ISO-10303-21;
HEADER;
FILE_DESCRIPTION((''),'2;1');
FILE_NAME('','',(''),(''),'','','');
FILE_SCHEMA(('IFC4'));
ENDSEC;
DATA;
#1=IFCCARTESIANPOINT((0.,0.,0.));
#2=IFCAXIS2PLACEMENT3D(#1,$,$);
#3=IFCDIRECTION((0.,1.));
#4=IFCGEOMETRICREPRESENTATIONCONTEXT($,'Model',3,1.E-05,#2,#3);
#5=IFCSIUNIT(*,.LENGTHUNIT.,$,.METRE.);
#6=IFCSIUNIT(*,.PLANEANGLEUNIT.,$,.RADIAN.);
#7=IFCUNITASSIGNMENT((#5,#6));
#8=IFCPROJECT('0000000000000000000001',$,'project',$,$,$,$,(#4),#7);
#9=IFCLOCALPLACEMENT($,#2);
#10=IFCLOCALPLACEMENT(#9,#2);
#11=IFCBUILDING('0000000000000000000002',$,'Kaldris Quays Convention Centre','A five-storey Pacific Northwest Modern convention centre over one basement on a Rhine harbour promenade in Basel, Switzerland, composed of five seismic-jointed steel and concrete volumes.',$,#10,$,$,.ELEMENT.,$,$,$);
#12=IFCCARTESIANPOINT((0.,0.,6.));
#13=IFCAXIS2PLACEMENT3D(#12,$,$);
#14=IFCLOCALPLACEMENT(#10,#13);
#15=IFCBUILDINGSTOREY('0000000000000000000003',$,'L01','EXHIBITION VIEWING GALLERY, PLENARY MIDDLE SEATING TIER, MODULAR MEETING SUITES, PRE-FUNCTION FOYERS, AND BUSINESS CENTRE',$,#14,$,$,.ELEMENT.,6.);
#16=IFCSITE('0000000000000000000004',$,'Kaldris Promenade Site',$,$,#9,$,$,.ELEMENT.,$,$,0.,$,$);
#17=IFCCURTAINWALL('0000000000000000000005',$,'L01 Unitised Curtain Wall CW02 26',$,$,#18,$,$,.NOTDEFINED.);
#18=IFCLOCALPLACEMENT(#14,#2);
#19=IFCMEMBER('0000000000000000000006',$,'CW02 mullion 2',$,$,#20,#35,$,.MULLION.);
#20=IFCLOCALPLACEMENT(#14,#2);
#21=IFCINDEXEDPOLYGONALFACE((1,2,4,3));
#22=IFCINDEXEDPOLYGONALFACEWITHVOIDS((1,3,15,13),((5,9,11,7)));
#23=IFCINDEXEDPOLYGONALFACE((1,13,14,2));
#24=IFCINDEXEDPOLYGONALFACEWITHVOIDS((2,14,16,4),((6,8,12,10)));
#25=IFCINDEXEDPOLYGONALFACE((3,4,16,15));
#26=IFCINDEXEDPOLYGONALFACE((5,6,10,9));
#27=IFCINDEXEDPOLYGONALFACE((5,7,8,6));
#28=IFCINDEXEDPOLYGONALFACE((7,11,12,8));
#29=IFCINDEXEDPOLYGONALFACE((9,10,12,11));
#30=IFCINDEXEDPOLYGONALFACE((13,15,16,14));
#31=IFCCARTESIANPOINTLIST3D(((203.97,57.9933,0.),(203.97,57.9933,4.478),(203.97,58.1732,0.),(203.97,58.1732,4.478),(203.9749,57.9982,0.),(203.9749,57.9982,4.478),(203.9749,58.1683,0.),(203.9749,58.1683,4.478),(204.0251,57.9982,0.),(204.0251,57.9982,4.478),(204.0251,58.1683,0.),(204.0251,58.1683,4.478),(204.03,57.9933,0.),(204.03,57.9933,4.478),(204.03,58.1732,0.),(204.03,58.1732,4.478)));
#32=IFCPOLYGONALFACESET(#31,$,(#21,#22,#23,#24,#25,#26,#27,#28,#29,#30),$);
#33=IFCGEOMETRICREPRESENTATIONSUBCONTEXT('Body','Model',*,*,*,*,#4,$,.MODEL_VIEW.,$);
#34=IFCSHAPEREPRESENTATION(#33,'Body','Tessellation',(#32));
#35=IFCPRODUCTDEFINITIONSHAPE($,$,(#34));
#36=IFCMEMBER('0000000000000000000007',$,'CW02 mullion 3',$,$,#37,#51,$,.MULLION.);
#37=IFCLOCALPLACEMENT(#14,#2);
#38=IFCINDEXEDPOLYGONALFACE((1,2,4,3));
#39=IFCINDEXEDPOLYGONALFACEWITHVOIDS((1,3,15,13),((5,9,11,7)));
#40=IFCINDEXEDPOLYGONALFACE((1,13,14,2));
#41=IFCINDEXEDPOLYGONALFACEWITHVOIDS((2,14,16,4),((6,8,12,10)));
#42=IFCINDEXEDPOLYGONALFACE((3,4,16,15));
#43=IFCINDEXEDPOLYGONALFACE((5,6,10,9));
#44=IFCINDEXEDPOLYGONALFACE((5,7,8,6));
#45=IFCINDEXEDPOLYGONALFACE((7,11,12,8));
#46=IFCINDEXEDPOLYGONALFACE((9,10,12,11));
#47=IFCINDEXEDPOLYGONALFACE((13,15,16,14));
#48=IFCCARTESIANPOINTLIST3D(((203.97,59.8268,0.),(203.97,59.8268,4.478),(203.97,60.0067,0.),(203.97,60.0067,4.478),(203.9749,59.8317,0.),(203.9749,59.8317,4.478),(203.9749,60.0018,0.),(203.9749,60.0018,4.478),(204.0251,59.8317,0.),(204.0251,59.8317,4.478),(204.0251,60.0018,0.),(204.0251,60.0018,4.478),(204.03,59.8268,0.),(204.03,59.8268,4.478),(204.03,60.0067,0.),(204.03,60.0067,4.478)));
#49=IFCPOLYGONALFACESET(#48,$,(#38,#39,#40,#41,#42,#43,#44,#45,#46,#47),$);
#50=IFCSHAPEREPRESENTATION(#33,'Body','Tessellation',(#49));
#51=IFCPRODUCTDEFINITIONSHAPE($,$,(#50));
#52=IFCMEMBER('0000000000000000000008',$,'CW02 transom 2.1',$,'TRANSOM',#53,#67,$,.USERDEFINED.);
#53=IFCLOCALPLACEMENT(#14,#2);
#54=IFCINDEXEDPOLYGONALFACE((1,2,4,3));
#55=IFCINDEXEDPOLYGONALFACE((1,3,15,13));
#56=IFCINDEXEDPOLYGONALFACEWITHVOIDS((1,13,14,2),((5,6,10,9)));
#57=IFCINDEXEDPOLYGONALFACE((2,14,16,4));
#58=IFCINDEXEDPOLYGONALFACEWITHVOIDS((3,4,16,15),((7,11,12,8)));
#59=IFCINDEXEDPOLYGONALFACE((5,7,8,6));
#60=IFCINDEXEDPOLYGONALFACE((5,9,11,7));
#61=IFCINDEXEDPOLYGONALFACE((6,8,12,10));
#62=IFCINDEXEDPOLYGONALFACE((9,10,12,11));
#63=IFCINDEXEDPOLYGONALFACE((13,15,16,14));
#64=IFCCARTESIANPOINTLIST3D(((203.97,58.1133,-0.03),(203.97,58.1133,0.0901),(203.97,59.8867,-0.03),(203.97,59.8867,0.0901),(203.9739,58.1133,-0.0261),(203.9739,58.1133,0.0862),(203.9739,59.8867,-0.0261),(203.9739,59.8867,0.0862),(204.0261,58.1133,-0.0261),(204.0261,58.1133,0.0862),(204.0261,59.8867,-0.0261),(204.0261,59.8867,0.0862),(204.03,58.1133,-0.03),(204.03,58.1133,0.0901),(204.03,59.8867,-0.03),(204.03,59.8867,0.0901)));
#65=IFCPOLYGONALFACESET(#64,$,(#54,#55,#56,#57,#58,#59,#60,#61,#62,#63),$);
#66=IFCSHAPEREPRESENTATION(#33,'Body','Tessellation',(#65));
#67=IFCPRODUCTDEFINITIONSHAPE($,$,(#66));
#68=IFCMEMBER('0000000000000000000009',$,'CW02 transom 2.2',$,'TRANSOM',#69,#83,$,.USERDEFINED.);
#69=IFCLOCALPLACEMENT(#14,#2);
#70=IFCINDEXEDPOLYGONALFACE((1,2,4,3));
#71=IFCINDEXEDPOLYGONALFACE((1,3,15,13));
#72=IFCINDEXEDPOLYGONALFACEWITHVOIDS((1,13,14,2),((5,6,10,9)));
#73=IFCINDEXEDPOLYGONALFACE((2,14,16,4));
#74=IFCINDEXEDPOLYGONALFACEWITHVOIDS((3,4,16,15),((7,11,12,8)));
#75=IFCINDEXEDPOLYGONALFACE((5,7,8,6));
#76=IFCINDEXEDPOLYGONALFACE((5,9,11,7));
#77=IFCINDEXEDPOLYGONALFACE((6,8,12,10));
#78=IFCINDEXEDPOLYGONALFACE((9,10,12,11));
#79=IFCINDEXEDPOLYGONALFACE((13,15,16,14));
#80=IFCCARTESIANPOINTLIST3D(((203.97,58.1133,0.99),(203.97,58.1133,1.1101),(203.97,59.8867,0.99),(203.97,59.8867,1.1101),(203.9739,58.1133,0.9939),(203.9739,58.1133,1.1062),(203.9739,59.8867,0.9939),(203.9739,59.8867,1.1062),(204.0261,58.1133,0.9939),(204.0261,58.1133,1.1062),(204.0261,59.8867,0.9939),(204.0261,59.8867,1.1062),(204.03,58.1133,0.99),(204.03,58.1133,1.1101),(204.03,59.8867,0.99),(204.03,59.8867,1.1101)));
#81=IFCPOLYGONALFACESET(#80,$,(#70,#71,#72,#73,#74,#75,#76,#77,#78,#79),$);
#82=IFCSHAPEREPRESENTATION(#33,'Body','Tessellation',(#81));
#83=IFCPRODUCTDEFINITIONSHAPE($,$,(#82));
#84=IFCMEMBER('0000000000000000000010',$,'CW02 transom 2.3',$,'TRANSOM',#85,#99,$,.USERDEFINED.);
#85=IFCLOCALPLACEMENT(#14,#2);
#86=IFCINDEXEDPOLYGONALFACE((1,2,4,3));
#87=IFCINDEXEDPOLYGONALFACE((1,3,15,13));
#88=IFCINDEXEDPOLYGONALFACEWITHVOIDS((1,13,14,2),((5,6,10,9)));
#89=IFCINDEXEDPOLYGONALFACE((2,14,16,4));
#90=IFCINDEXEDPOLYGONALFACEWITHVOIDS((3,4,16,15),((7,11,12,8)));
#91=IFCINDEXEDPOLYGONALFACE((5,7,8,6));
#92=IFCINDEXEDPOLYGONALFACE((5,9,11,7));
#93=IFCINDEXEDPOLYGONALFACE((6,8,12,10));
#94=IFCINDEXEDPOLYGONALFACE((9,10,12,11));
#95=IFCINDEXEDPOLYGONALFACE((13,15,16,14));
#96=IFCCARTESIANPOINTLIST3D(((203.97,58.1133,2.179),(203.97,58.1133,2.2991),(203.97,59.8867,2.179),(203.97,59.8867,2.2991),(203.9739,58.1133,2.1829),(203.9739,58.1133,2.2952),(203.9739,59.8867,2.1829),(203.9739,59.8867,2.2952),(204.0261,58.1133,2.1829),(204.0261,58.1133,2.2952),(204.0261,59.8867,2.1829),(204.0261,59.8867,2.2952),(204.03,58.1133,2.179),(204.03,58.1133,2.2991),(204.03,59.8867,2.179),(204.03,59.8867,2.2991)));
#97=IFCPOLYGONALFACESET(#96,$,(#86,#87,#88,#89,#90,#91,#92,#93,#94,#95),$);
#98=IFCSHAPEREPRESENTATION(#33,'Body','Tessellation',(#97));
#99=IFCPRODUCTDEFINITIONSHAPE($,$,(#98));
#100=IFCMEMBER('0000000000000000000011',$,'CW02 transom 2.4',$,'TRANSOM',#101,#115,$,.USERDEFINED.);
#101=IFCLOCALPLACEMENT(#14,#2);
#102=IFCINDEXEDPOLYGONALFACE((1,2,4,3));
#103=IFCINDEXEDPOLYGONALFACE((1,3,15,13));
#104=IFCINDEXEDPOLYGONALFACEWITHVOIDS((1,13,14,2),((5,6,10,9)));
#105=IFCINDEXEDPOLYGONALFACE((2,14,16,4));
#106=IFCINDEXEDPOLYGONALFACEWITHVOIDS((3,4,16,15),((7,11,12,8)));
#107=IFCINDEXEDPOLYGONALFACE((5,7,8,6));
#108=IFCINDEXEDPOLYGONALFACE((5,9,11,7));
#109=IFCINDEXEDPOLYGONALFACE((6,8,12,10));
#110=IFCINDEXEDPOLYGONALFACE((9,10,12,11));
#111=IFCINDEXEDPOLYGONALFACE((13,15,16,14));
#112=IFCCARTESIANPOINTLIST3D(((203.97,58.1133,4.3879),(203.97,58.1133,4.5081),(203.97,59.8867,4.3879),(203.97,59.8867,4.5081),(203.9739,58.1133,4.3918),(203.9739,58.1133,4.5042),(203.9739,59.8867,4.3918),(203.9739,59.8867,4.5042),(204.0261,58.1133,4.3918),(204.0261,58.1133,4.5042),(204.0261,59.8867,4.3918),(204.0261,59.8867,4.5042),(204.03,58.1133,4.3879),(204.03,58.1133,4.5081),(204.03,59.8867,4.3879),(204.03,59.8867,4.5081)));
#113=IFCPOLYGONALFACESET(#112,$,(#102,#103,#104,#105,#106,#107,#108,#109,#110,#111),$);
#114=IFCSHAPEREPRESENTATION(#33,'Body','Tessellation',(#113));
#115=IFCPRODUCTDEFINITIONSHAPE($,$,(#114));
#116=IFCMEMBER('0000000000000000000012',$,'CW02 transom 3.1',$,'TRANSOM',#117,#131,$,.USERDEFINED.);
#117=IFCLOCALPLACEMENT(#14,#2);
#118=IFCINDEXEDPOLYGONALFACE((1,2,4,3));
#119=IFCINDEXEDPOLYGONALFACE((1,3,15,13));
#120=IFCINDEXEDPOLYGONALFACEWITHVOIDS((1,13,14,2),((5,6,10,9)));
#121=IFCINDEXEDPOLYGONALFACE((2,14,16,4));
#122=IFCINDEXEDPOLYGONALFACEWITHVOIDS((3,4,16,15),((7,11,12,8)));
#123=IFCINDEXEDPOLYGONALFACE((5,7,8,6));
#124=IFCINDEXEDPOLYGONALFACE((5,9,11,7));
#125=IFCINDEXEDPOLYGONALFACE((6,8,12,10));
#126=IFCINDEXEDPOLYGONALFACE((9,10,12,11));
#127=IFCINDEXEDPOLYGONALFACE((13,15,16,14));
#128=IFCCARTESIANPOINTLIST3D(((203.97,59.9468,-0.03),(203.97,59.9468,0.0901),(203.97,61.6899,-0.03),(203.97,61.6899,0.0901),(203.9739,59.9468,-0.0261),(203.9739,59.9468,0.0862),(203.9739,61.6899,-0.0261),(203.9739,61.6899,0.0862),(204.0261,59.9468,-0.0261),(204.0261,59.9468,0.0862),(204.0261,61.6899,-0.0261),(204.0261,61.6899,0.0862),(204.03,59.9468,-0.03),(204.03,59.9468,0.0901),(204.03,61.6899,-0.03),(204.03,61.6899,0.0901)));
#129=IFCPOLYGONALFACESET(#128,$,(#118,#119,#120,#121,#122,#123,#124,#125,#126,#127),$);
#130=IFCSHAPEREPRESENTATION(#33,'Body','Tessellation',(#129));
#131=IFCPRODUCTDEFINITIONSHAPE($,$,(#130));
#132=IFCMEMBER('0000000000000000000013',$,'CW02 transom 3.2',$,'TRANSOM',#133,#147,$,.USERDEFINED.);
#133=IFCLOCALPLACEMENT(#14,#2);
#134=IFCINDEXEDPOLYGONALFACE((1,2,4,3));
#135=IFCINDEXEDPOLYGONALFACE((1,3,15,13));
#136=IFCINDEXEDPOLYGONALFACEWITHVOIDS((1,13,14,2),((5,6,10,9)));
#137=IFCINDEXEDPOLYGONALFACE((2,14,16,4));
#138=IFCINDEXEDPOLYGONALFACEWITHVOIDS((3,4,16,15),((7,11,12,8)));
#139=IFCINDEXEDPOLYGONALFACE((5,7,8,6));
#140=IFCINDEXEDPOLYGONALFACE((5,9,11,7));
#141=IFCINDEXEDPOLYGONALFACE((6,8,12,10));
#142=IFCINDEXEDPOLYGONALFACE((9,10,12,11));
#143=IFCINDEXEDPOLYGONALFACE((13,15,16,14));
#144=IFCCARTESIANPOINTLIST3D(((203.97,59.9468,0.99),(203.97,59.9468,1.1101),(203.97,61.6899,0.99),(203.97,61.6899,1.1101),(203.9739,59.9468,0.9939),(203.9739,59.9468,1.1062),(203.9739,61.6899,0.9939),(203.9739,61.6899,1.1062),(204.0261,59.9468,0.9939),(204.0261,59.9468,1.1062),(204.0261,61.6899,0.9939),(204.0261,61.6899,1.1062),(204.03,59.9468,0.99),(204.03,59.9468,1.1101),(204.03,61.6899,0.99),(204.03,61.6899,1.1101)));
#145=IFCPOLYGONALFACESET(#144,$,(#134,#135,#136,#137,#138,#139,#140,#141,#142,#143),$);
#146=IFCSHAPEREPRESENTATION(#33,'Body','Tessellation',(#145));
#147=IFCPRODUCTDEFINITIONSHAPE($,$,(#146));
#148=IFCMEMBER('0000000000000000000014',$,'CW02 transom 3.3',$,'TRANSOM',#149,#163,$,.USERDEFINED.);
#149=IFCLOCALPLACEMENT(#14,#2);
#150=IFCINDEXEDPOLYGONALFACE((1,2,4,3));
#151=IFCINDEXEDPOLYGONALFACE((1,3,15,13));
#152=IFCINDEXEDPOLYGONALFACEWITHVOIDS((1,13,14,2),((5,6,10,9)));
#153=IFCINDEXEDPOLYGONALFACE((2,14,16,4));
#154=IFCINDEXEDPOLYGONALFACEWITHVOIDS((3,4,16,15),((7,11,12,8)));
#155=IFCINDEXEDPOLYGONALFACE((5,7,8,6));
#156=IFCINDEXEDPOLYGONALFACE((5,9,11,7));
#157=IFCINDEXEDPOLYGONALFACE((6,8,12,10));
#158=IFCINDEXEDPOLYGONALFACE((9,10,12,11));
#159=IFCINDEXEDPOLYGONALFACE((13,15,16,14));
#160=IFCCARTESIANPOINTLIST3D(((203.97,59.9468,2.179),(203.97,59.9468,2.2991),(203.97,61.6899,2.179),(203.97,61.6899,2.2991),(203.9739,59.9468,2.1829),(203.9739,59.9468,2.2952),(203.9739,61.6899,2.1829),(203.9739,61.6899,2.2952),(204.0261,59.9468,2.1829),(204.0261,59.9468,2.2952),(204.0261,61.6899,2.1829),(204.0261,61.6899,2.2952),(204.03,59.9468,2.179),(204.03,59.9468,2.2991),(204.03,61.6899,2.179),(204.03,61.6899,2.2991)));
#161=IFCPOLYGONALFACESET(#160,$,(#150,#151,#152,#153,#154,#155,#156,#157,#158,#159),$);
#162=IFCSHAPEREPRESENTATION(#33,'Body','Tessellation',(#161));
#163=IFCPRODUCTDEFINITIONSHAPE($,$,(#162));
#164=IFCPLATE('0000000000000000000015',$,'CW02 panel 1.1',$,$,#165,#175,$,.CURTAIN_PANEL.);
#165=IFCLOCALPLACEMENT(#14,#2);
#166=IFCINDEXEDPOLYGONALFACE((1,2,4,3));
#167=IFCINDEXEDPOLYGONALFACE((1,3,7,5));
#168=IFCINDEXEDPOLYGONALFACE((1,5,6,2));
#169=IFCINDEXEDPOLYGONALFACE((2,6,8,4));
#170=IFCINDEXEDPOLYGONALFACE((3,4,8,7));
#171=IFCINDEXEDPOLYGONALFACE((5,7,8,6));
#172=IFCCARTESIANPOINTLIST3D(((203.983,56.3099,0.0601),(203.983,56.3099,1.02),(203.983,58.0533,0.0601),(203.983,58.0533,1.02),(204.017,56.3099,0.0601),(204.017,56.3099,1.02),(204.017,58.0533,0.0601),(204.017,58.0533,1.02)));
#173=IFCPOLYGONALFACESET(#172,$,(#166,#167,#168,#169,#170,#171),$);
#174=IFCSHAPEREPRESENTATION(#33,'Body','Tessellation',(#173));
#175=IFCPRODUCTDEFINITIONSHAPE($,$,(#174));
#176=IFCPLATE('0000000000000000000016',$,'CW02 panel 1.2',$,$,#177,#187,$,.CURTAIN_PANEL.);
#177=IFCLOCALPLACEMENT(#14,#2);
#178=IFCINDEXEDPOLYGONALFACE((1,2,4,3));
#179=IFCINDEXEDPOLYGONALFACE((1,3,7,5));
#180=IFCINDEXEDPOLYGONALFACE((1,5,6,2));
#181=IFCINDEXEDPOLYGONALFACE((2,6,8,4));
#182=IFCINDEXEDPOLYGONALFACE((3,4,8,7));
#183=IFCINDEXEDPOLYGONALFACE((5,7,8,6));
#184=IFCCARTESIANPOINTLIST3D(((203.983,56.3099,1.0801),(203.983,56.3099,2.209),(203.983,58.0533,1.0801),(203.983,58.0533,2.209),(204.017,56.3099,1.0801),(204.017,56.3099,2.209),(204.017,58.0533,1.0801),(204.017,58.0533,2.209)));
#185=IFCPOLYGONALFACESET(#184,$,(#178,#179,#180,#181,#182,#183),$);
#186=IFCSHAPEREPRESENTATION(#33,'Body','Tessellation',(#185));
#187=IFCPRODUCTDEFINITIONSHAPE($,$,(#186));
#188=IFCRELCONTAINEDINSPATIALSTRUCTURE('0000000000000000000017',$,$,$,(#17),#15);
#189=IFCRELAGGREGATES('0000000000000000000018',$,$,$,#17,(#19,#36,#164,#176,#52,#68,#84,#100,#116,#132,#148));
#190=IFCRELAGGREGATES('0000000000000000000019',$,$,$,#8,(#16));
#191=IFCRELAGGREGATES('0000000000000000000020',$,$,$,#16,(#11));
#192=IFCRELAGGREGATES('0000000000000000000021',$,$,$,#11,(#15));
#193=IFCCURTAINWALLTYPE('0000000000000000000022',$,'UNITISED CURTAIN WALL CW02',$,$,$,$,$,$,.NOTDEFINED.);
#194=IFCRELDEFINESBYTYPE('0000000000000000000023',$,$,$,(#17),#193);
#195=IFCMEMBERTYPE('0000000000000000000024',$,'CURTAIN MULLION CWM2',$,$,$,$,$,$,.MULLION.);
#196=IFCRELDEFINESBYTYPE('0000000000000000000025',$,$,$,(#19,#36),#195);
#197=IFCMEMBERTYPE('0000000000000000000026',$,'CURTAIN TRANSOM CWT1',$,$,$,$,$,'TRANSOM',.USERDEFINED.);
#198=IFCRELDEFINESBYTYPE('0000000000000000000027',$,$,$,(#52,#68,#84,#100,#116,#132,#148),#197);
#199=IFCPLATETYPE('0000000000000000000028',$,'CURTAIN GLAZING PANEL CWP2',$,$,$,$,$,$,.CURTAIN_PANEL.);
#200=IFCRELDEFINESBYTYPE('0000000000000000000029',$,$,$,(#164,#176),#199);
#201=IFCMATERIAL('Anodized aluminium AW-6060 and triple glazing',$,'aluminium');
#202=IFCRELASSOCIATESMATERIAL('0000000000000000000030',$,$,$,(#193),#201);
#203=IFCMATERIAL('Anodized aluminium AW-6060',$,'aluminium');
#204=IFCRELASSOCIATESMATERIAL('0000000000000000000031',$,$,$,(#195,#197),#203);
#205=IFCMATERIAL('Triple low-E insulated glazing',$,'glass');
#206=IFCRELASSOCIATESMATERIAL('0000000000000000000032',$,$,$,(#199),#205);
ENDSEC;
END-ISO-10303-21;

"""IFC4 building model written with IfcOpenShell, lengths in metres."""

from ifc_helpers import new_model, si_unit, direction, frame, origin, origin_2d, place, context, subcontext, project, spatial, rectangle, hollow_rectangle, extrude, material, material_profile, profile_set, type_object, element, aggregate, save


model = new_model("IFC4")

# Units and contexts
model_context = context("Model", 3, precision=1e-05, world=origin(), true_north=direction((0.0, 1.0)))
body_context = subcontext(model_context, "Body", "Model", "MODEL_VIEW")
ifc_project = project(units=[si_unit("LENGTHUNIT", "METRE"), si_unit("PLANEANGLEUNIT", "RADIAN")], contexts=[model_context])

# Site, building, storey
site_placement = place(None, origin())
site = spatial("IfcSite", under=ifc_project, at=site_placement, Name="Kaldris Promenade Site", CompositionType="ELEMENT", RefElevation=0.0)
building_placement = place(site_placement, origin())
building = spatial("IfcBuilding", under=site, at=building_placement, Name="Kaldris Quays Convention Centre", Description="A five-storey Pacific Northwest Modern convention centre over one basement on a Rhine harbour promenade in Basel, Switzerland, composed of five seismic-jointed steel and concrete volumes.", CompositionType="ELEMENT")
storey_placement = place(building_placement, frame((0.0, 0.0, 6.0)))
storey = spatial("IfcBuildingStorey", under=building, at=storey_placement, Name="L01", Description="EXHIBITION VIEWING GALLERY, PLENARY MIDDLE SEATING TIER, MODULAR MEETING SUITES, PRE-FUNCTION FOYERS, AND BUSINESS CENTRE", CompositionType="ELEMENT", Elevation=6.0)

# Curtain wall, members, plates
ifc_material_1 = material(Name="Anodized aluminium AW-6060 and triple glazing", Category="aluminium")
curtain_wall_type = type_object("IfcCurtainWallType", Name="UNITISED CURTAIN WALL CW02", PredefinedType="NOTDEFINED", material=ifc_material_1)
curtain_wall_placement = place(storey_placement, origin())
curtain_wall = element("IfcCurtainWall", 1, at=curtain_wall_placement, inside=storey, type_object=curtain_wall_type, Name="L01 Unitised Curtain Wall CW02 26", PredefinedType="NOTDEFINED")
ifc_material_2 = material(Name="Anodized aluminium AW-6060", Category="aluminium")
ifc_material_profile_1 = material_profile(ifc_material_2, hollow_rectangle(XDim=0.0601, YDim=0.1799, WallThickness=0.0049, at=origin_2d()), Name="RHS 180x60x5")
ifc_profile_set_1 = profile_set([ifc_material_profile_1], Name="Anodized aluminium AW-6060")
member_type_1 = type_object("IfcMemberType", Name="CURTAIN MULLION CWM2", PredefinedType="MULLION", material=ifc_profile_set_1)
member_1_placement = place(storey_placement, frame((204.0, 58.0833, 0.0), z_axis=(0.0, 0.0, 1.0), x_axis=(-1.0, 0.0, 0.0)))
member_1 = element("IfcMember", 2, at=member_1_placement, type_object=member_type_1, Name="CW02 mullion 2", PredefinedType="MULLION", context=body_context, shape_type="SweptSolid", body=[
    extrude(hollow_rectangle(XDim=0.0601, YDim=0.1799, WallThickness=0.0049, at=origin_2d()), origin(), (0.0, 0.0, 1.0), 4.478),
])
member_2_placement = place(storey_placement, frame((204.0, 59.9167, 0.0), z_axis=(0.0, 0.0, 1.0), x_axis=(-1.0, 0.0, 0.0)))
member_2 = element("IfcMember", 3, at=member_2_placement, type_object=member_type_1, Name="CW02 mullion 3", PredefinedType="MULLION", context=body_context, shape_type="SweptSolid", body=[
    extrude(hollow_rectangle(XDim=0.0601, YDim=0.1799, WallThickness=0.0049, at=origin_2d()), origin(), (0.0, 0.0, 1.0), 4.478),
])
ifc_material_profile_2 = material_profile(ifc_material_2, hollow_rectangle(XDim=0.0601, YDim=0.1201, WallThickness=0.0039, at=origin_2d()), Name="RHS 120x60x4")
ifc_profile_set_2 = profile_set([ifc_material_profile_2], Name="Anodized aluminium AW-6060")
member_type_2 = type_object("IfcMemberType", Name="CURTAIN TRANSOM CWT1", ElementType="TRANSOM", PredefinedType="USERDEFINED", material=ifc_profile_set_2)
member_3_placement = place(storey_placement, frame((204.0, 58.1133, 0.03), z_axis=(0.0, 1.0, 0.0), x_axis=(-1.0, 0.0, 0.0)))
member_3 = element("IfcMember", 4, at=member_3_placement, type_object=member_type_2, Name="CW02 transom 2.1", ObjectType="TRANSOM", PredefinedType="USERDEFINED", context=body_context, shape_type="SweptSolid", body=[
    extrude(hollow_rectangle(XDim=0.0601, YDim=0.1201, WallThickness=0.0039, at=origin_2d()), origin(), (0.0, 0.0, 1.0), 1.7734),
])
member_4_placement = place(storey_placement, frame((204.0, 58.1133, 1.05), z_axis=(0.0, 1.0, 0.0), x_axis=(-1.0, 0.0, 0.0)))
member_4 = element("IfcMember", 5, at=member_4_placement, type_object=member_type_2, Name="CW02 transom 2.2", ObjectType="TRANSOM", PredefinedType="USERDEFINED", context=body_context, shape_type="SweptSolid", body=[
    extrude(hollow_rectangle(XDim=0.0601, YDim=0.1201, WallThickness=0.0039, at=origin_2d()), origin(), (0.0, 0.0, 1.0), 1.7734),
])
member_5_placement = place(storey_placement, frame((204.0, 58.1133, 2.239), z_axis=(0.0, 1.0, 0.0), x_axis=(-1.0, 0.0, 0.0)))
member_5 = element("IfcMember", 6, at=member_5_placement, type_object=member_type_2, Name="CW02 transom 2.3", ObjectType="TRANSOM", PredefinedType="USERDEFINED", context=body_context, shape_type="SweptSolid", body=[
    extrude(hollow_rectangle(XDim=0.0601, YDim=0.1201, WallThickness=0.0039, at=origin_2d()), origin(), (0.0, 0.0, 1.0), 1.7734),
])
member_6_placement = place(storey_placement, frame((204.0, 58.1133, 4.448), z_axis=(0.0, 1.0, 0.0), x_axis=(-1.0, 0.0, 0.0)))
member_6 = element("IfcMember", 7, at=member_6_placement, type_object=member_type_2, Name="CW02 transom 2.4", ObjectType="TRANSOM", PredefinedType="USERDEFINED", context=body_context, shape_type="SweptSolid", body=[
    extrude(hollow_rectangle(XDim=0.0601, YDim=0.1201, WallThickness=0.0039, at=origin_2d()), origin(), (0.0, 0.0, 1.0), 1.7734),
])
member_7_placement = place(storey_placement, frame((204.0, 59.9468, 0.03), z_axis=(0.0, 1.0, 0.0), x_axis=(-1.0, 0.0, 0.0)))
member_7 = element("IfcMember", 8, at=member_7_placement, type_object=member_type_2, Name="CW02 transom 3.1", ObjectType="TRANSOM", PredefinedType="USERDEFINED", context=body_context, shape_type="SweptSolid", body=[
    extrude(hollow_rectangle(XDim=0.0601, YDim=0.1201, WallThickness=0.0039, at=origin_2d()), origin(), (0.0, 0.0, 1.0), 1.7432),
])
member_8_placement = place(storey_placement, frame((204.0, 59.9468, 1.05), z_axis=(0.0, 1.0, 0.0), x_axis=(-1.0, 0.0, 0.0)))
member_8 = element("IfcMember", 9, at=member_8_placement, type_object=member_type_2, Name="CW02 transom 3.2", ObjectType="TRANSOM", PredefinedType="USERDEFINED", context=body_context, shape_type="SweptSolid", body=[
    extrude(hollow_rectangle(XDim=0.0601, YDim=0.1201, WallThickness=0.0039, at=origin_2d()), origin(), (0.0, 0.0, 1.0), 1.7432),
])
member_9_placement = place(storey_placement, frame((204.0, 59.9468, 2.239), z_axis=(0.0, 1.0, 0.0), x_axis=(-1.0, 0.0, 0.0)))
member_9 = element("IfcMember", 10, at=member_9_placement, type_object=member_type_2, Name="CW02 transom 3.3", ObjectType="TRANSOM", PredefinedType="USERDEFINED", context=body_context, shape_type="SweptSolid", body=[
    extrude(hollow_rectangle(XDim=0.0601, YDim=0.1201, WallThickness=0.0039, at=origin_2d()), origin(), (0.0, 0.0, 1.0), 1.7432),
])
ifc_material_3 = material(Name="Triple low-E insulated glazing", Category="glass")
plate_type = type_object("IfcPlateType", Name="CURTAIN GLAZING PANEL CWP2", PredefinedType="CURTAIN_PANEL", material=ifc_material_3)
plate_1_placement = place(storey_placement, frame((204.0, 57.1816, 0.0601), z_axis=(0.0, 0.0, 1.0), x_axis=(0.0, 1.0, 0.0)))
plate_1 = element("IfcPlate", 11, at=plate_1_placement, type_object=plate_type, Name="CW02 panel 1.1", PredefinedType="CURTAIN_PANEL", context=body_context, shape_type="SweptSolid", body=[
    extrude(rectangle(XDim=1.7434, YDim=0.0339, at=origin_2d()), origin(), (0.0, 0.0, 1.0), 0.96),
])
plate_2_placement = place(storey_placement, frame((204.0, 57.1816, 1.0801), z_axis=(0.0, 0.0, 1.0), x_axis=(0.0, 1.0, 0.0)))
plate_2 = element("IfcPlate", 12, at=plate_2_placement, type_object=plate_type, Name="CW02 panel 1.2", PredefinedType="CURTAIN_PANEL", context=body_context, shape_type="SweptSolid", body=[
    extrude(rectangle(XDim=1.7434, YDim=0.0339, at=origin_2d()), origin(), (0.0, 0.0, 1.0), 1.1289),
])
aggregate(curtain_wall, [member_1, member_2, plate_1, plate_2, member_3, member_4, member_5, member_6, member_7, member_8, member_9])

save(model, "model.ifc")
